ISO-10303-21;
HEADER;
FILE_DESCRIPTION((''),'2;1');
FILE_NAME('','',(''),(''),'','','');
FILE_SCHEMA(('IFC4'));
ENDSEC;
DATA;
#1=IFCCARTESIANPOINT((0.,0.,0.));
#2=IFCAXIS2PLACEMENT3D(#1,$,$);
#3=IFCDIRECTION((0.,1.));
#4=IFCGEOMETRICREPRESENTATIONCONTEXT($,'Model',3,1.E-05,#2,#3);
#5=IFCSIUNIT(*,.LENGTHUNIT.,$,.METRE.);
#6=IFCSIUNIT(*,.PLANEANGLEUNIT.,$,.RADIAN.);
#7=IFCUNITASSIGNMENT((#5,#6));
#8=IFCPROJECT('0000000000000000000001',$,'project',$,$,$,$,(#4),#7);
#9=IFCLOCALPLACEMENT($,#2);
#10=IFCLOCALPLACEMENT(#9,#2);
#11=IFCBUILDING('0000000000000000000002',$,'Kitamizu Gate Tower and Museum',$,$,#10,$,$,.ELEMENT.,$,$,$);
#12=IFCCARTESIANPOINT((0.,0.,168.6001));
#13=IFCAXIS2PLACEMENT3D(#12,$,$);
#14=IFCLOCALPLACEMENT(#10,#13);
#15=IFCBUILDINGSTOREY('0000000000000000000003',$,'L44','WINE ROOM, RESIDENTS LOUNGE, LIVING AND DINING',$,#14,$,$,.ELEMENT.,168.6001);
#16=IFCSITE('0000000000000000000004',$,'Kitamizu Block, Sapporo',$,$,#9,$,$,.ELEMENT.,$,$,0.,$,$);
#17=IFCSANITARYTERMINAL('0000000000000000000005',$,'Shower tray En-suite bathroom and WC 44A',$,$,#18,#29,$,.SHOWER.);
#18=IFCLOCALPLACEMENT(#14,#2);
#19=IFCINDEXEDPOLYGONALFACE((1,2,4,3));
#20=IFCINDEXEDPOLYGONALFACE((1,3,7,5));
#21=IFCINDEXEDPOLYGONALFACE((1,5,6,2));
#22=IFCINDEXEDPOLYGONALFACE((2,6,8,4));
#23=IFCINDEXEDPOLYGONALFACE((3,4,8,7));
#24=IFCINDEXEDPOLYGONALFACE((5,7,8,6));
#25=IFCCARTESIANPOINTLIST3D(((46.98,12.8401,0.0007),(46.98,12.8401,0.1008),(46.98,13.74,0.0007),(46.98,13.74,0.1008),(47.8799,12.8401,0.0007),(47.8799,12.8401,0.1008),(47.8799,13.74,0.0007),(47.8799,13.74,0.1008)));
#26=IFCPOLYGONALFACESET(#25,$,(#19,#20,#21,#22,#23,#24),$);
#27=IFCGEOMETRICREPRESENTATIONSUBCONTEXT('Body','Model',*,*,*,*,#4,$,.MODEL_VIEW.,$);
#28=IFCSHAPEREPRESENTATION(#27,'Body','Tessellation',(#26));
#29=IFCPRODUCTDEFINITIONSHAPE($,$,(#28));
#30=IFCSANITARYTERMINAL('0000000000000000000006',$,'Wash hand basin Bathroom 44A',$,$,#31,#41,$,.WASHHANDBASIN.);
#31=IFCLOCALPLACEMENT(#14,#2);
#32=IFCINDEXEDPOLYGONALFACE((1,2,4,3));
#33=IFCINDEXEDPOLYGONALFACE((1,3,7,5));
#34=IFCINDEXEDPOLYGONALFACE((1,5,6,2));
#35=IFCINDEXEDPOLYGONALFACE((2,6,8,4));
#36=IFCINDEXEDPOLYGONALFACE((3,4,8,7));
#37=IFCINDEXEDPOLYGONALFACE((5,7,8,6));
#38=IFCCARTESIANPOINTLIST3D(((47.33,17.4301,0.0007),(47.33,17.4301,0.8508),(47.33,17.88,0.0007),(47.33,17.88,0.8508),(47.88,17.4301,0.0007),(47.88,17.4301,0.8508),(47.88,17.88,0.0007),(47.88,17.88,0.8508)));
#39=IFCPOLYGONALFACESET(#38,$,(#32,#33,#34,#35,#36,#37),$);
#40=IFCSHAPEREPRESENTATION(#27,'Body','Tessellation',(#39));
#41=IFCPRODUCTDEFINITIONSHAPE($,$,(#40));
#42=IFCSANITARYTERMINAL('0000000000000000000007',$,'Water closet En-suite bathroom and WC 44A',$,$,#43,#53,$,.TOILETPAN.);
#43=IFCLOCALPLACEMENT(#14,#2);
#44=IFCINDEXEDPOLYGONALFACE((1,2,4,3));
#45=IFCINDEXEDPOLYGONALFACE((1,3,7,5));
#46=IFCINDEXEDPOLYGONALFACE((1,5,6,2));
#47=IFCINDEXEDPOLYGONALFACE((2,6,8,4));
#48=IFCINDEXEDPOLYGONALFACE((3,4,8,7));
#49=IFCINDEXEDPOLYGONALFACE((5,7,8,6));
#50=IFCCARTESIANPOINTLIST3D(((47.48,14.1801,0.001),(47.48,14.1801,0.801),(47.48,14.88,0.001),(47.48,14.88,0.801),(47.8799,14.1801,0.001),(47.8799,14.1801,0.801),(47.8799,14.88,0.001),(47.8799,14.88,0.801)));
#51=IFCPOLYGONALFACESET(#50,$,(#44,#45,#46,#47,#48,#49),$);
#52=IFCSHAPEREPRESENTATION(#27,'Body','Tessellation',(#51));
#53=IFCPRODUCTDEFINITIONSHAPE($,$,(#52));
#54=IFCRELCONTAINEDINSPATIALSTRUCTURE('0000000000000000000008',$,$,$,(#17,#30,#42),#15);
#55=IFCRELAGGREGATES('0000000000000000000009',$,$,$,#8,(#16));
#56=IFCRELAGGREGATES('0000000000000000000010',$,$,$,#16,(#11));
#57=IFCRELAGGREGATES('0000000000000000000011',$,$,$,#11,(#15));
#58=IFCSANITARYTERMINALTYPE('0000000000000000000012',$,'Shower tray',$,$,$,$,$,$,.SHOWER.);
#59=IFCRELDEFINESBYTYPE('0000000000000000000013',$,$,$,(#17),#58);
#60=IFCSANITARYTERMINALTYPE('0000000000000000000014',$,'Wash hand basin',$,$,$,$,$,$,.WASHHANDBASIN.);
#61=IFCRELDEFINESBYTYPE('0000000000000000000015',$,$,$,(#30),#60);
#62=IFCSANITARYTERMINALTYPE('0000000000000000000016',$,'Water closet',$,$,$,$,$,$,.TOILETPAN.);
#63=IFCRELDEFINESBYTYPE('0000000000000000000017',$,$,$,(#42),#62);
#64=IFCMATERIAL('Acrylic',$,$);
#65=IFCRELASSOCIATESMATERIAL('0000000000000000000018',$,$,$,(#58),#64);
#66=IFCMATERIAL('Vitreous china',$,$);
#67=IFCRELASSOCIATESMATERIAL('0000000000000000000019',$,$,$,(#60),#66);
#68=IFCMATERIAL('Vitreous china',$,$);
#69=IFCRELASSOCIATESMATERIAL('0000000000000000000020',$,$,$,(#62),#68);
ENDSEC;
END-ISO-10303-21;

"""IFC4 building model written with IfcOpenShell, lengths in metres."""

from ifc_helpers import new_model, si_unit, direction, frame, origin, origin_2d, place, context, subcontext, project, spatial, rectangle, extrude, material, type_object, element, save


model = new_model("IFC4")

# Units and contexts
model_context = context("Model", 3, precision=1e-05, world=origin(), true_north=direction((0.0, 1.0)))
body_context = subcontext(model_context, "Body", "Model", "MODEL_VIEW")
ifc_project = project(units=[si_unit("LENGTHUNIT", "METRE"), si_unit("PLANEANGLEUNIT", "RADIAN")], contexts=[model_context])

# Site, building, storey
site_placement = place(None, origin())
site = spatial("IfcSite", under=ifc_project, at=site_placement, Name="Kitamizu Block, Sapporo", CompositionType="ELEMENT", RefElevation=0.0)
building_placement = place(site_placement, origin())
building = spatial("IfcBuilding", under=site, at=building_placement, Name="Kitamizu Gate Tower and Museum", CompositionType="ELEMENT")
storey_placement = place(building_placement, frame((0.0, 0.0, 168.6001)))
storey = spatial("IfcBuildingStorey", under=building, at=storey_placement, Name="L44", Description="WINE ROOM, RESIDENTS LOUNGE, LIVING AND DINING", CompositionType="ELEMENT", Elevation=168.6001)

# Sanitary terminals
ifc_material_1 = material(Name="Acrylic")
sanitary_terminal_type_1 = type_object("IfcSanitaryTerminalType", Name="Shower tray", PredefinedType="SHOWER", material=ifc_material_1)
sanitary_terminal_1_placement = place(storey_placement, frame((47.4299, 13.29, 0.0007), z_axis=(0.0, 0.0, 1.0), x_axis=(1.0, 0.0, 0.0)))
element("IfcSanitaryTerminal", 1, at=sanitary_terminal_1_placement, inside=storey, type_object=sanitary_terminal_type_1, Name="Shower tray En-suite bathroom and WC 44A", PredefinedType="SHOWER", context=body_context, shape_type="SweptSolid", body=[
    extrude(rectangle(XDim=0.8999, YDim=0.8999, at=origin_2d()), origin(), (0.0, 0.0, 1.0), 0.1001),
])
ifc_material_2 = material(Name="Vitreous china")
sanitary_terminal_type_2 = type_object("IfcSanitaryTerminalType", Name="Wash hand basin", PredefinedType="WASHHANDBASIN", material=ifc_material_2)
sanitary_terminal_2_placement = place(storey_placement, frame((47.605, 17.655, 0.0007), z_axis=(0.0, 0.0, 1.0), x_axis=(1.0, 0.0, 0.0)))
element("IfcSanitaryTerminal", 2, at=sanitary_terminal_2_placement, inside=storey, type_object=sanitary_terminal_type_2, Name="Wash hand basin Bathroom 44A", PredefinedType="WASHHANDBASIN", context=body_context, shape_type="SweptSolid", body=[
    extrude(rectangle(XDim=0.55, YDim=0.45, at=origin_2d()), origin(), (0.0, 0.0, 1.0), 0.8501),
])
ifc_material_3 = material(Name="Vitreous china")
sanitary_terminal_type_3 = type_object("IfcSanitaryTerminalType", Name="Water closet", PredefinedType="TOILETPAN", material=ifc_material_3)
sanitary_terminal_3_placement = place(storey_placement, frame((47.6799, 14.53, 0.001), z_axis=(0.0, 0.0, 1.0), x_axis=(1.0, 0.0, 0.0)))
element("IfcSanitaryTerminal", 3, at=sanitary_terminal_3_placement, inside=storey, type_object=sanitary_terminal_type_3, Name="Water closet En-suite bathroom and WC 44A", PredefinedType="TOILETPAN", context=body_context, shape_type="SweptSolid", body=[
    extrude(rectangle(XDim=0.3999, YDim=0.7, at=origin_2d()), origin(), (0.0, 0.0, 1.0), 0.8),
])

save(model, "model.ifc")
